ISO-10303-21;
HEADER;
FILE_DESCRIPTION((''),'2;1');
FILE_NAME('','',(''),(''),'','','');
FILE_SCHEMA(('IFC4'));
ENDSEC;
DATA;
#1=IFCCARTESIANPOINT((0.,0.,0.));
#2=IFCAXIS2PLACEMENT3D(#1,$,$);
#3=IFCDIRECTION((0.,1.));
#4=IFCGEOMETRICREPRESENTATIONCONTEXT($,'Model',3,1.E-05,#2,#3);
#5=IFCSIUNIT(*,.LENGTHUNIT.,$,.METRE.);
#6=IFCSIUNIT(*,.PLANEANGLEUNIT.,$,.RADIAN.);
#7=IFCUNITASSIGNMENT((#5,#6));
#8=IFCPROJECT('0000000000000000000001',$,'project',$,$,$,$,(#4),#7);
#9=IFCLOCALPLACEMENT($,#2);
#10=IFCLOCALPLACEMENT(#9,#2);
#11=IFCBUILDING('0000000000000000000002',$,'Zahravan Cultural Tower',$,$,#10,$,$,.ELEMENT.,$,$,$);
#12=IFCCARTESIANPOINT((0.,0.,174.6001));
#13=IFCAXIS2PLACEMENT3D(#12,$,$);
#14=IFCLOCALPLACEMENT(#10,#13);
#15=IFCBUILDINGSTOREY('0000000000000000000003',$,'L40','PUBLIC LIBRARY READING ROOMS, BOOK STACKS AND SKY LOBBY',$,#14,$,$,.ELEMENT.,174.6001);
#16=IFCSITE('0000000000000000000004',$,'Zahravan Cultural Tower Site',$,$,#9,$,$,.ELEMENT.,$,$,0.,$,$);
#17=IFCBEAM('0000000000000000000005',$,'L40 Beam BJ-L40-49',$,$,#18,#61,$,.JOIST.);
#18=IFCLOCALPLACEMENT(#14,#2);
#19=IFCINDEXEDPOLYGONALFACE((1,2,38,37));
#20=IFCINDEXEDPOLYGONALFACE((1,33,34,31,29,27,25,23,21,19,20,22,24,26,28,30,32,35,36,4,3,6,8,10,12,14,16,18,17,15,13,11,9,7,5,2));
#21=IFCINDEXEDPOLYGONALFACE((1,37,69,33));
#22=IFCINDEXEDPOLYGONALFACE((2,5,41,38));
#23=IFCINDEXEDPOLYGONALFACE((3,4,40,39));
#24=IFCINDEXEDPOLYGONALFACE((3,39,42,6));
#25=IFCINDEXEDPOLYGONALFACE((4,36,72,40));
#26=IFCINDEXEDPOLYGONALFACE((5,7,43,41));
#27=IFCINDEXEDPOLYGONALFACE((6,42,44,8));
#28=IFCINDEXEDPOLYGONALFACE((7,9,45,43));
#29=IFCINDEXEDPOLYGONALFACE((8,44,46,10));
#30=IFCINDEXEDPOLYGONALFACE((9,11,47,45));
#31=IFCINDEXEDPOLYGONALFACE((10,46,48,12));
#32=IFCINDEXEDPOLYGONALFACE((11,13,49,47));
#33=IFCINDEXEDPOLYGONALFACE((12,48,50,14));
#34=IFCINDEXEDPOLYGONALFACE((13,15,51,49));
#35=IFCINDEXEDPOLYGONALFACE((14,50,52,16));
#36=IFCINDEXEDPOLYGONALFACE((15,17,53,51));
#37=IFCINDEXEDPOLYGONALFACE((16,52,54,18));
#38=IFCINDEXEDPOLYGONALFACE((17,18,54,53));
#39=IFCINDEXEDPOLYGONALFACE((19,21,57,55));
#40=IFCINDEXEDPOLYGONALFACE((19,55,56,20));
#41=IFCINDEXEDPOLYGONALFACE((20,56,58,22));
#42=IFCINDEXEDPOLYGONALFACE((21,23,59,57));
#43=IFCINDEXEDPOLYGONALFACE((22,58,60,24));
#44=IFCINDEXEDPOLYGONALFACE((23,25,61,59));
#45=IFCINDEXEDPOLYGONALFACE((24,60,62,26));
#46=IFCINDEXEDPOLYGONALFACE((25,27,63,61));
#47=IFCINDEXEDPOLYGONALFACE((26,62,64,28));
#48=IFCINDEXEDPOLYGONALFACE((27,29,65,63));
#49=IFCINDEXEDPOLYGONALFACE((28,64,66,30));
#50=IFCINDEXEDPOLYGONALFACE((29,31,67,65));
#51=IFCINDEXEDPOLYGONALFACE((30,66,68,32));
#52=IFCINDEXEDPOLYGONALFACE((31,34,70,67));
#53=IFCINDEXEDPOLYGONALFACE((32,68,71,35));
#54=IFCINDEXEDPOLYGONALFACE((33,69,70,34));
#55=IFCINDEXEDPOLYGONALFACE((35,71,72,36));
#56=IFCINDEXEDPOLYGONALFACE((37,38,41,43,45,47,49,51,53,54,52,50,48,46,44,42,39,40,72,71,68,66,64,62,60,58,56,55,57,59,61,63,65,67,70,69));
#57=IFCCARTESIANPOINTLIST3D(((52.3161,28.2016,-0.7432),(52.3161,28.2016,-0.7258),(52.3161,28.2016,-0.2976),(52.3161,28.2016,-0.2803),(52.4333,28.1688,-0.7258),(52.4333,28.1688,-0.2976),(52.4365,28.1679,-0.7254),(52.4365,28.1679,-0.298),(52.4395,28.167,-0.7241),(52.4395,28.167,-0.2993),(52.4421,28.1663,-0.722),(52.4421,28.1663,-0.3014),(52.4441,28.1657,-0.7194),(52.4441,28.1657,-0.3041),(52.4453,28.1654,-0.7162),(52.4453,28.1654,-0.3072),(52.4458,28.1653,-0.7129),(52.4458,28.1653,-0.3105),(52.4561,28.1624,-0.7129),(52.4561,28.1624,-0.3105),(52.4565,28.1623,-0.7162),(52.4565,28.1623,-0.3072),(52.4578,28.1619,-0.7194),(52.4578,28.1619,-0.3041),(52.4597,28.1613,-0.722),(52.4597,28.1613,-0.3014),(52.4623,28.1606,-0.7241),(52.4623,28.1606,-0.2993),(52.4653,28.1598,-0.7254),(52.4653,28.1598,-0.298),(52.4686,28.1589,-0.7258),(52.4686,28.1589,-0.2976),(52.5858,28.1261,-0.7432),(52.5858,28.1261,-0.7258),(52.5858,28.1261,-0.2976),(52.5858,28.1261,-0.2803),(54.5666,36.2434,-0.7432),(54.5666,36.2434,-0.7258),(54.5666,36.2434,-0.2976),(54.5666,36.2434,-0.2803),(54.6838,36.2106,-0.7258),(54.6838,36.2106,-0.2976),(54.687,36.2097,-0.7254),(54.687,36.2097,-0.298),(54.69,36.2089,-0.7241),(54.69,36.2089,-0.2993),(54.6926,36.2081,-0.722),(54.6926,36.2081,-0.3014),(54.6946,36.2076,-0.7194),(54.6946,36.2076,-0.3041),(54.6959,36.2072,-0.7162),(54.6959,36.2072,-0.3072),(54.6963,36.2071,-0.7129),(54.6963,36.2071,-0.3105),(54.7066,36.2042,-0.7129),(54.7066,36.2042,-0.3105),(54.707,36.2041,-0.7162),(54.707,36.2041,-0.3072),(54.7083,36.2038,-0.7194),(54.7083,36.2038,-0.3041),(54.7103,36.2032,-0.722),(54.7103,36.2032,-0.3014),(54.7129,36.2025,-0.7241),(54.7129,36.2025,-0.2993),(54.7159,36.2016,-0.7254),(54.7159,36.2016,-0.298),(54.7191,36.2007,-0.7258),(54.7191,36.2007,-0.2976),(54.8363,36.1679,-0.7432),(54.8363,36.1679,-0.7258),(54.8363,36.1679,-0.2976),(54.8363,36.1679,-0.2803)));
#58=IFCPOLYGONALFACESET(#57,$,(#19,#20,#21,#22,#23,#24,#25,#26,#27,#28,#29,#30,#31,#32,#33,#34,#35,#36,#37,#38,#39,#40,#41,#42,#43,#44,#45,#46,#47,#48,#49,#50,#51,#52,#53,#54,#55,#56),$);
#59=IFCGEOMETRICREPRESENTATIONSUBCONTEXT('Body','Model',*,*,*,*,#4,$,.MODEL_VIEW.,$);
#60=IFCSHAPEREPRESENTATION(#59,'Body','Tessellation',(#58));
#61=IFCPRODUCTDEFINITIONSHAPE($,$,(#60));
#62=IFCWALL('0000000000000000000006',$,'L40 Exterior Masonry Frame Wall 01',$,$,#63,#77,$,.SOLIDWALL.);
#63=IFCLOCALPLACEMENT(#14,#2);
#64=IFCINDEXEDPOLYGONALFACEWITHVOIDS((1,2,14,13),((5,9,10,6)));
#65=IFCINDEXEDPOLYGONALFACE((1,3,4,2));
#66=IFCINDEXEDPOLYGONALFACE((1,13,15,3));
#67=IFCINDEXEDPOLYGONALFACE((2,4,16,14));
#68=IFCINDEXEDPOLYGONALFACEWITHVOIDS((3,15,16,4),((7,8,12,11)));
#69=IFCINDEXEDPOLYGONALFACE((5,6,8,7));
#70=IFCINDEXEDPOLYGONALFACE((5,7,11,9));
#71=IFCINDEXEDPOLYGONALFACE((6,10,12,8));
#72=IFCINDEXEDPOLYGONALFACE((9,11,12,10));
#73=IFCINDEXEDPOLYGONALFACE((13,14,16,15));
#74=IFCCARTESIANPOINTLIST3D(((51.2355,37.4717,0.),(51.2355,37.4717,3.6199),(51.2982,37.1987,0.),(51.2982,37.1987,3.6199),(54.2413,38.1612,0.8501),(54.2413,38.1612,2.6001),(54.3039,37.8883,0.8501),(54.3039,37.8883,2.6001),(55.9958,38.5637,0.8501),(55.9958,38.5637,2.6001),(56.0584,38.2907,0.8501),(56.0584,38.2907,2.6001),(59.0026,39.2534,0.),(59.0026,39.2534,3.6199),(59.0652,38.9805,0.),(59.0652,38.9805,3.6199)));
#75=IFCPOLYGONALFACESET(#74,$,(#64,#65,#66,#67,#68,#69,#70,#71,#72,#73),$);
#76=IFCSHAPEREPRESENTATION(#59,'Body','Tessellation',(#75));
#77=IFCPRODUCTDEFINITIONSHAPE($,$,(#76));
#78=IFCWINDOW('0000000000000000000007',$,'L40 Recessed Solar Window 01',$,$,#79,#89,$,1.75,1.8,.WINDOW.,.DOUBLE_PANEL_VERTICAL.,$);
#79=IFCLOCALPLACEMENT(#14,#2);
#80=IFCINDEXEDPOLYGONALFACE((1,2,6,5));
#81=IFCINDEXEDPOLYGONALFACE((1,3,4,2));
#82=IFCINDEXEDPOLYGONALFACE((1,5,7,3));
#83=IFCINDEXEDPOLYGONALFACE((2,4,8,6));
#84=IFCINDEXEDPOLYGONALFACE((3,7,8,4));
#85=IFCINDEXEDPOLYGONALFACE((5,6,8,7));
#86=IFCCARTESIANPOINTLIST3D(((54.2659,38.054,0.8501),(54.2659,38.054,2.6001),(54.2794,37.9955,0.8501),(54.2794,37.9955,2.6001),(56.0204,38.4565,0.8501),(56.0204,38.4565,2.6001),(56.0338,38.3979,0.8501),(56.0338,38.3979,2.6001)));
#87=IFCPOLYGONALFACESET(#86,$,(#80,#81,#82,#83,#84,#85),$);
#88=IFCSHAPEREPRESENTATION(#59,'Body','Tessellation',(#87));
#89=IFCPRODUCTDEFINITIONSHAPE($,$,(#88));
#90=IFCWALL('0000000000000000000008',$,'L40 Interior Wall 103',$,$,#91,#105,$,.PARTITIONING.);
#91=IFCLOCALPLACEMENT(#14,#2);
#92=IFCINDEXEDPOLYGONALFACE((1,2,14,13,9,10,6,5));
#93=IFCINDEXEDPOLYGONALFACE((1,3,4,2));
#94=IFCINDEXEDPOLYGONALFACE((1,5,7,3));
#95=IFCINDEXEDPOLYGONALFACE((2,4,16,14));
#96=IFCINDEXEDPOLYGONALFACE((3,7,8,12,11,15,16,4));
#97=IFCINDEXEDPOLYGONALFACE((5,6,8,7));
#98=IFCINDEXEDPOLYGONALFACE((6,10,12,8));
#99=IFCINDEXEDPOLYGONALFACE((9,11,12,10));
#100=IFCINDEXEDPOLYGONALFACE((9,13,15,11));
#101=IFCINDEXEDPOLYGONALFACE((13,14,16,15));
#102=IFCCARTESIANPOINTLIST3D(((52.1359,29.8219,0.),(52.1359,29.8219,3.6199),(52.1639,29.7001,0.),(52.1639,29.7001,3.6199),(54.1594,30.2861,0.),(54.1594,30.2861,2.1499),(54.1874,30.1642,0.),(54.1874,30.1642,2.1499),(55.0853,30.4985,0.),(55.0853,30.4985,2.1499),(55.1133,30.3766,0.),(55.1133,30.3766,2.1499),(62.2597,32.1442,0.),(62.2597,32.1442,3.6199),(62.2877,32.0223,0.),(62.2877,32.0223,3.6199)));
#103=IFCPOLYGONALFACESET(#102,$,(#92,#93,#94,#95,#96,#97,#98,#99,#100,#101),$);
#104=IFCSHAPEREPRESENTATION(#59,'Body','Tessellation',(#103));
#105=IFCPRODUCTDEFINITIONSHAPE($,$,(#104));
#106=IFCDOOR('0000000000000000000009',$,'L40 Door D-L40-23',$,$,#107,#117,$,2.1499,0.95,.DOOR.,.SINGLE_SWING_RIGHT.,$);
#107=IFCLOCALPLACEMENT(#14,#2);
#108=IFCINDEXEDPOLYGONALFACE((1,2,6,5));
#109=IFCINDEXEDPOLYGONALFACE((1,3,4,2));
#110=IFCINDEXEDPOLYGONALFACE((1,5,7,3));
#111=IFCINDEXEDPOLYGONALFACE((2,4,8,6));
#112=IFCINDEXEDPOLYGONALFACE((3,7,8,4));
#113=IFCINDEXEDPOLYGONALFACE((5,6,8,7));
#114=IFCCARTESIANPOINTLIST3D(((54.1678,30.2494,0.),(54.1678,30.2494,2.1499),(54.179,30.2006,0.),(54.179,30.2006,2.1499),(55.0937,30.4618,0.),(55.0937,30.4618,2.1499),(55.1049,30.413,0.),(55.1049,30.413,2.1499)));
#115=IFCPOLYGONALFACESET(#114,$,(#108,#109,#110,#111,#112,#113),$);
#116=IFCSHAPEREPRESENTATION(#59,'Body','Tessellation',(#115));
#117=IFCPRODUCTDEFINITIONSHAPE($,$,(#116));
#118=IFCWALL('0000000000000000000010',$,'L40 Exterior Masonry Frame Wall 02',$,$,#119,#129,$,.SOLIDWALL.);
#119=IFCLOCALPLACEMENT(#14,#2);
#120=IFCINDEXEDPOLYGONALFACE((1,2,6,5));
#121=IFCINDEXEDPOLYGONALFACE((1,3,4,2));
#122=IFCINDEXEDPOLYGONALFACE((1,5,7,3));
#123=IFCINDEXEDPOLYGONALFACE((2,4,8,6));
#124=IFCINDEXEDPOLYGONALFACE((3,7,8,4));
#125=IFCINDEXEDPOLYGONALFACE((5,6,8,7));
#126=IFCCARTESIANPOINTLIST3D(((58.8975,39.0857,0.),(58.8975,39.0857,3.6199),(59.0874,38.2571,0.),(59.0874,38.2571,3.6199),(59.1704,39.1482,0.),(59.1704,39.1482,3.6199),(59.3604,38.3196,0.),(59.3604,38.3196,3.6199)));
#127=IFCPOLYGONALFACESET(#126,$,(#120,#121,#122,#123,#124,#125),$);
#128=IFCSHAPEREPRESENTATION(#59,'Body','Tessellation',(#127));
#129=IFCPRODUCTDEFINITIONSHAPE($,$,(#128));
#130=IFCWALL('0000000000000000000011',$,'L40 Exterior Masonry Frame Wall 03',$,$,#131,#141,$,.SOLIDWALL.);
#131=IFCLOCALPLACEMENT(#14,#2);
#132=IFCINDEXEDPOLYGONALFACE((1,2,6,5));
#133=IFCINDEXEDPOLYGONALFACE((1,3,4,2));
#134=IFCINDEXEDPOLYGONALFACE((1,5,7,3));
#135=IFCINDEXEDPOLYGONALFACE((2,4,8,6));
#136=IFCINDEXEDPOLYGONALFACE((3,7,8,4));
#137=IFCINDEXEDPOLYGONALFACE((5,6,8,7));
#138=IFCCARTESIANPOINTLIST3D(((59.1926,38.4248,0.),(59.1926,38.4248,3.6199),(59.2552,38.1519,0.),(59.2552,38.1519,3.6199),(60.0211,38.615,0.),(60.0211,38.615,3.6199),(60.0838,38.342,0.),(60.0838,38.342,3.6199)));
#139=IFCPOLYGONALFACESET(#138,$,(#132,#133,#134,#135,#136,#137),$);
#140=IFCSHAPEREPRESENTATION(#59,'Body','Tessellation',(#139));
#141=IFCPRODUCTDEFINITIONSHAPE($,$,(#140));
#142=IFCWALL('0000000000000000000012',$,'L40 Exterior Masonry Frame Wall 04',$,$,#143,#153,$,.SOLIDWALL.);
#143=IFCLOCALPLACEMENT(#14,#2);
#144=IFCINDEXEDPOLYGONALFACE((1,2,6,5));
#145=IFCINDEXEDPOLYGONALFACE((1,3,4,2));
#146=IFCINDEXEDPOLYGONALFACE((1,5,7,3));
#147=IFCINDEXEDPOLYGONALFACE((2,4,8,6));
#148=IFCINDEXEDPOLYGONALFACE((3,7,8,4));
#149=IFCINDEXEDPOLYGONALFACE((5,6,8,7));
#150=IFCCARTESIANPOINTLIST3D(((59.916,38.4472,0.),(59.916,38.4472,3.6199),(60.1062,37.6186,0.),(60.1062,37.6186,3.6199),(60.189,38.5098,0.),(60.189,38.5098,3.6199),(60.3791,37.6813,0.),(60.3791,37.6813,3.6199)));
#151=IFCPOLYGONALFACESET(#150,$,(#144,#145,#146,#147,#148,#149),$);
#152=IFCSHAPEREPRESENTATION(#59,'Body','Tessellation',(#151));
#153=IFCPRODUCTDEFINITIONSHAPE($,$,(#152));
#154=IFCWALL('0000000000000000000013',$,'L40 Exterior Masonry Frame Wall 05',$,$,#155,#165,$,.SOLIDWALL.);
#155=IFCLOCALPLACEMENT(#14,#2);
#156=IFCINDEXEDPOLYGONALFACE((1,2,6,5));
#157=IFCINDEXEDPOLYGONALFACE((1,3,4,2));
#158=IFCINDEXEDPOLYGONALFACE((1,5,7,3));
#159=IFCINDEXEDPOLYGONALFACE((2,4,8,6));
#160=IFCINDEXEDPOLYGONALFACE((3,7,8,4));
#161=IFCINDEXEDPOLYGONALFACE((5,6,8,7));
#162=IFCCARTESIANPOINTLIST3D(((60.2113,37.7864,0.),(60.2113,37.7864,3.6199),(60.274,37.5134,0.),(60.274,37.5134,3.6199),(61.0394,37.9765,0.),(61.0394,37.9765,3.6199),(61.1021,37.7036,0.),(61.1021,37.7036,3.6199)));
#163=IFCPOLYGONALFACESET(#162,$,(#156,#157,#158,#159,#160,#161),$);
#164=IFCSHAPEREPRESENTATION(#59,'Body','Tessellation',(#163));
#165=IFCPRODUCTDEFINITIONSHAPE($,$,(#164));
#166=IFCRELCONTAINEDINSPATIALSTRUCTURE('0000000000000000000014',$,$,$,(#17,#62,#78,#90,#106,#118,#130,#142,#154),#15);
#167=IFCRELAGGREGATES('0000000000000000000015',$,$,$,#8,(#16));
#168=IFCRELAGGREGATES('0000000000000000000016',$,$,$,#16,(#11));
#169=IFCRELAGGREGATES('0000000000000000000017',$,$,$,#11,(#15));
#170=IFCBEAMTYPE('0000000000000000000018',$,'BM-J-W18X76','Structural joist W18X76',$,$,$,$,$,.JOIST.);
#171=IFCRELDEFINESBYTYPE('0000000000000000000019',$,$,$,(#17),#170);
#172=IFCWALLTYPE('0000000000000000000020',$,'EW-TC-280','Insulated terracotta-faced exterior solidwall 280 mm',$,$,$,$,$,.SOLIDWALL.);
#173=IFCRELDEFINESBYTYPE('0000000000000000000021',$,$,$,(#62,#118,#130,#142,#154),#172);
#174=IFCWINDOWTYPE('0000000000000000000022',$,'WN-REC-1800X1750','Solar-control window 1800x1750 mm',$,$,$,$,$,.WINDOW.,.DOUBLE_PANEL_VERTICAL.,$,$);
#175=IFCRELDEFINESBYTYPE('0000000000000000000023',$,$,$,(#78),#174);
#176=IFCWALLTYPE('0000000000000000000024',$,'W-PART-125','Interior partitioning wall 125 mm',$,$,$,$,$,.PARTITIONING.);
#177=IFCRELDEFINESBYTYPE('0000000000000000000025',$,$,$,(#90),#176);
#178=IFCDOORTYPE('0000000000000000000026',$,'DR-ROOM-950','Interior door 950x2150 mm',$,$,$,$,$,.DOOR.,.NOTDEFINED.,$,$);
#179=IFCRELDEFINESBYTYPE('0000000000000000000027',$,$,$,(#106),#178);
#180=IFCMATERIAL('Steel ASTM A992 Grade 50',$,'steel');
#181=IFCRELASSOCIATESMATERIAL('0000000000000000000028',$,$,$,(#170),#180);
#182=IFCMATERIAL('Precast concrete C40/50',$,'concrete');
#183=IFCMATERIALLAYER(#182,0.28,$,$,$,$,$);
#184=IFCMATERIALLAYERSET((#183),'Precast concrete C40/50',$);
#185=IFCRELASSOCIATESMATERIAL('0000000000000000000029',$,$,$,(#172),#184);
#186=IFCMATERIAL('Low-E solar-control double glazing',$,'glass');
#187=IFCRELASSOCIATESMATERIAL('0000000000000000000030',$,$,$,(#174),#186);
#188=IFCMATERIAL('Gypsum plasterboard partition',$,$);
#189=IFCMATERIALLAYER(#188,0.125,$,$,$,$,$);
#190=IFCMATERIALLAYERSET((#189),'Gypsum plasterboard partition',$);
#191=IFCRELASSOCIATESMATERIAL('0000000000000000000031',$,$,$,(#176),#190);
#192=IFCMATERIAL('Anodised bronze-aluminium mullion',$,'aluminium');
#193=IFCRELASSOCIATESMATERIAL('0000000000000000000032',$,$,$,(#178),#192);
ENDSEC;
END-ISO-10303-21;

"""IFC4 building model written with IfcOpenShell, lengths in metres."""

from ifc_helpers import new_model, si_unit, direction, frame, frame_2d, origin, origin_2d, place, context, subcontext, project, spatial, rectangle, i_section, extrude, source, transform, mapped, material, layer, layer_set, material_profile, profile_set, type_object, element, fill, save


model = new_model("IFC4")

# Units and contexts
model_context = context("Model", 3, precision=1e-05, world=origin(), true_north=direction((0.0, 1.0)))
body_context = subcontext(model_context, "Body", "Model", "MODEL_VIEW")
ifc_project = project(units=[si_unit("LENGTHUNIT", "METRE"), si_unit("PLANEANGLEUNIT", "RADIAN")], contexts=[model_context])

# Site, building, storey
site_placement = place(None, origin())
site = spatial("IfcSite", under=ifc_project, at=site_placement, Name="Zahravan Cultural Tower Site", CompositionType="ELEMENT", RefElevation=0.0)
building_placement = place(site_placement, origin())
building = spatial("IfcBuilding", under=site, at=building_placement, Name="Zahravan Cultural Tower", CompositionType="ELEMENT")
storey_placement = place(building_placement, frame((0.0, 0.0, 174.6001)))
storey = spatial("IfcBuildingStorey", under=building, at=storey_placement, Name="L40", Description="PUBLIC LIBRARY READING ROOMS, BOOK STACKS AND SKY LOBBY", CompositionType="ELEMENT", Elevation=174.6001)

# Shared definitions
ifc_material_1 = material(Name="Steel ASTM A992 Grade 50", Category="steel")

# Beam
ifc_material_profile_1 = material_profile(ifc_material_1, i_section(OverallWidth=0.28, OverallDepth=0.4629, WebThickness=0.0107, FlangeThickness=0.0173, FilletRadius=0.0129, at=origin_2d()), Name="W18X76")
ifc_profile_set_1 = profile_set([ifc_material_profile_1], Name="Steel ASTM A992 Grade 50")
beam_type_1 = type_object("IfcBeamType", Name="BM-J-W18X76", Description="Structural joist W18X76", PredefinedType="JOIST", material=ifc_profile_set_1)
shared_shape_1 = source(origin(), body_context, "Body", "SweptSolid", [
    extrude(i_section(OverallWidth=0.28, OverallDepth=0.4629, WebThickness=0.0107, FlangeThickness=0.0173, FilletRadius=0.0129, at=origin_2d()), origin(), (0.0, 0.0, 1.0), 8.3508),
])
beam_1_placement = place(storey_placement, frame((52.4509, 28.1638, -0.5117), z_axis=(0.269497, 0.963001, 0.0), x_axis=(-0.963001, 0.269497, 0.0)))
element("IfcBeam", 1, at=beam_1_placement, inside=storey, type_object=beam_type_1, Name="L40 Beam BJ-L40-49", PredefinedType="JOIST", context=body_context, shape_type="MappedRepresentation", body=[
    mapped(shared_shape_1, transform((0.0, 0.0, 0.0), x_axis=(1.0, 0.0, 0.0), y_axis=(0.0, 1.0, 0.0), z_axis=(0.0, 0.0, 1.0), scale=1.0)),
])

# Wall, opening, window
ifc_material_2 = material(Name="Precast concrete C40/50", Category="concrete")
ifc_layer_1 = layer(ifc_material_2, 0.28)
ifc_layer_set_1 = layer_set([ifc_layer_1], Name="Precast concrete C40/50")
wall_type_1 = type_object("IfcWallType", Name="EW-TC-280", Description="Insulated terracotta-faced exterior solidwall 280 mm", PredefinedType="SOLIDWALL", material=ifc_layer_set_1)
wall_1_placement = place(storey_placement, frame((51.2668, 37.3352, 0.0), z_axis=(0.0, 0.0, 1.0), x_axis=(0.974684, 0.223588, 0.0)))
wall_1 = element("IfcWall", 2, at=wall_1_placement, inside=storey, type_object=wall_type_1, Name="L40 Exterior Masonry Frame Wall 01", PredefinedType="SOLIDWALL", context=body_context, shape_type="SweptSolid", body=[
    extrude(rectangle(XDim=7.9688, YDim=0.28, at=frame_2d((3.9844, 0.0))), origin(), (0.0, 0.0, 1.0), 3.6199),
])
opening_1_placement = place(wall_1_placement, frame((3.084, 0.0, 0.8501)))
opening_1 = element("IfcOpeningElement", 3, at=opening_1_placement, cuts=wall_1, PredefinedType="OPENING", context=body_context, shape_type="SweptSolid", body=[
    extrude(rectangle(XDim=1.8, YDim=1.75, at=frame_2d((0.8999, 0.875))), frame((0.0, 0.1499, 0.0), z_axis=(0.0, -1.0, 0.0), x_axis=(1.0, 0.0, 0.0)), (0.0, 0.0, 1.0), 0.3),
])
ifc_material_3 = material(Name="Low-E solar-control double glazing", Category="glass")
window_type = type_object("IfcWindowType", Name="WN-REC-1800X1750", Description="Solar-control window 1800x1750 mm", PartitioningType="DOUBLE_PANEL_VERTICAL", PredefinedType="WINDOW", material=ifc_material_3)
shared_shape_2 = source(origin(), body_context, "Body", "SweptSolid", [
    extrude(rectangle(XDim=1.8, YDim=1.75, at=frame_2d((0.8999, 0.875))), frame((0.0, 0.03, 0.0), z_axis=(0.0, -1.0, 0.0), x_axis=(1.0, 0.0, 0.0)), (0.0, 0.0, 1.0), 0.0601),
])
window_placement = place(opening_1_placement, origin())
window = element("IfcWindow", 4, at=window_placement, inside=storey, type_object=window_type, Name="L40 Recessed Solar Window 01", OverallHeight=1.75, OverallWidth=1.8, PartitioningType="DOUBLE_PANEL_VERTICAL", PredefinedType="WINDOW", context=body_context, shape_type="MappedRepresentation", body=[
    mapped(shared_shape_2, transform((0.0, 0.0, 0.0), x_axis=(1.0, 0.0, 0.0), y_axis=(0.0, 1.0, 0.0), z_axis=(0.0, 0.0, 1.0), scale=1.0)),
])
fill(opening_1, window)

# Wall, opening, door
ifc_material_4 = material(Name="Gypsum plasterboard partition")
ifc_layer_2 = layer(ifc_material_4, 0.125)
ifc_layer_set_2 = layer_set([ifc_layer_2], Name="Gypsum plasterboard partition")
wall_type_2 = type_object("IfcWallType", Name="W-PART-125", Description="Interior partitioning wall 125 mm", PredefinedType="PARTITIONING", material=ifc_layer_set_2)
wall_2_placement = place(storey_placement, frame((52.1499, 29.761, 0.0), z_axis=(0.0, 0.0, 1.0), x_axis=(0.974685, 0.22358, 0.0)))
wall_2 = element("IfcWall", 5, at=wall_2_placement, inside=storey, type_object=wall_type_2, Name="L40 Interior Wall 103", PredefinedType="PARTITIONING", context=body_context, shape_type="SweptSolid", body=[
    extrude(rectangle(XDim=10.3867, YDim=0.125, at=frame_2d((5.1934, 0.0))), origin(), (0.0, 0.0, 1.0), 3.6199),
])
opening_2_placement = place(wall_2_placement, frame((2.0759, 0.0, 0.0)))
opening_2 = element("IfcOpeningElement", 6, at=opening_2_placement, cuts=wall_2, PredefinedType="OPENING", context=body_context, shape_type="SweptSolid", body=[
    extrude(rectangle(XDim=0.95, YDim=2.1499, at=frame_2d((0.4751, 1.075))), frame((0.0, 0.0725, 0.0), z_axis=(0.0, -1.0, 0.0), x_axis=(1.0, 0.0, 0.0)), (0.0, 0.0, 1.0), 0.145),
])
ifc_material_5 = material(Name="Anodised bronze-aluminium mullion", Category="aluminium")
door_type = type_object("IfcDoorType", Name="DR-ROOM-950", Description="Interior door 950x2150 mm", OperationType="NOTDEFINED", PredefinedType="DOOR", material=ifc_material_5)
shared_shape_3 = source(origin(), body_context, "Body", "SweptSolid", [
    extrude(rectangle(XDim=0.95, YDim=2.1499, at=frame_2d((0.4751, 1.075))), frame((0.0, 0.0249, 0.0), z_axis=(0.0, -1.0, 0.0), x_axis=(1.0, 0.0, 0.0)), (0.0, 0.0, 1.0), 0.05),
])
door_placement = place(opening_2_placement, origin())
door = element("IfcDoor", 7, at=door_placement, inside=storey, type_object=door_type, Name="L40 Door D-L40-23", OperationType="SINGLE_SWING_RIGHT", OverallHeight=2.1499, OverallWidth=0.95, PredefinedType="DOOR", context=body_context, shape_type="MappedRepresentation", body=[
    mapped(shared_shape_3, transform((0.0, 0.0, 0.0), x_axis=(1.0, 0.0, 0.0), y_axis=(0.0, 1.0, 0.0), z_axis=(0.0, 0.0, 1.0), scale=1.0)),
])
fill(opening_2, door)

# Walls
shared_shape_4 = source(origin(), body_context, "Body", "SweptSolid", [
    extrude(rectangle(XDim=0.8501, YDim=0.28, at=frame_2d((0.425, 0.0))), origin(), (0.0, 0.0, 1.0), 3.6199),
])
for number, where, z_axis, x_axis, name in (
    (8, (59.0339, 39.1169, 0.0), (0.0, 0.0, 1.0), (0.223433, -0.974719, 0.0), "L40 Exterior Masonry Frame Wall 02"),
    (9, (59.2239, 38.2883, 0.0), (0.0, 0.0, 1.0), (0.974657, 0.223706, 0.0), "L40 Exterior Masonry Frame Wall 03"),
    (10, (60.0525, 38.4785, 0.0), (0.0, 0.0, 1.0), (0.223706, -0.974657, 0.0), "L40 Exterior Masonry Frame Wall 04"),
):
    element("IfcWall", number, at=place(storey_placement, frame(where, z_axis=z_axis, x_axis=x_axis)), inside=storey, type_object=wall_type_1, Name=name, PredefinedType="SOLIDWALL", context=body_context, shape_type="MappedRepresentation", body=[
        mapped(shared_shape_4, transform((0.0, 0.0, 0.0), x_axis=(1.0, 0.0, 0.0), y_axis=(0.0, 1.0, 0.0), z_axis=(0.0, 0.0, 1.0), scale=1.0)),
    ])
shared_shape_5 = source(origin(), body_context, "Body", "SweptSolid", [
    extrude(rectangle(XDim=0.8496, YDim=0.28, at=frame_2d((0.4248, 0.0))), origin(), (0.0, 0.0, 1.0), 3.6199),
])
wall_3_placement = place(storey_placement, frame((60.2427, 37.6499, 0.0), z_axis=(0.0, 0.0, 1.0), x_axis=(0.974628, 0.223831, 0.0)))
element("IfcWall", 11, at=wall_3_placement, inside=storey, type_object=wall_type_1, Name="L40 Exterior Masonry Frame Wall 05", PredefinedType="SOLIDWALL", context=body_context, shape_type="MappedRepresentation", body=[
    mapped(shared_shape_5, transform((0.0, 0.0, 0.0), x_axis=(1.0, 0.0, 0.0), y_axis=(0.0, 1.0, 0.0), z_axis=(0.0, 0.0, 1.0), scale=1.0)),
])

save(model, "model.ifc")
